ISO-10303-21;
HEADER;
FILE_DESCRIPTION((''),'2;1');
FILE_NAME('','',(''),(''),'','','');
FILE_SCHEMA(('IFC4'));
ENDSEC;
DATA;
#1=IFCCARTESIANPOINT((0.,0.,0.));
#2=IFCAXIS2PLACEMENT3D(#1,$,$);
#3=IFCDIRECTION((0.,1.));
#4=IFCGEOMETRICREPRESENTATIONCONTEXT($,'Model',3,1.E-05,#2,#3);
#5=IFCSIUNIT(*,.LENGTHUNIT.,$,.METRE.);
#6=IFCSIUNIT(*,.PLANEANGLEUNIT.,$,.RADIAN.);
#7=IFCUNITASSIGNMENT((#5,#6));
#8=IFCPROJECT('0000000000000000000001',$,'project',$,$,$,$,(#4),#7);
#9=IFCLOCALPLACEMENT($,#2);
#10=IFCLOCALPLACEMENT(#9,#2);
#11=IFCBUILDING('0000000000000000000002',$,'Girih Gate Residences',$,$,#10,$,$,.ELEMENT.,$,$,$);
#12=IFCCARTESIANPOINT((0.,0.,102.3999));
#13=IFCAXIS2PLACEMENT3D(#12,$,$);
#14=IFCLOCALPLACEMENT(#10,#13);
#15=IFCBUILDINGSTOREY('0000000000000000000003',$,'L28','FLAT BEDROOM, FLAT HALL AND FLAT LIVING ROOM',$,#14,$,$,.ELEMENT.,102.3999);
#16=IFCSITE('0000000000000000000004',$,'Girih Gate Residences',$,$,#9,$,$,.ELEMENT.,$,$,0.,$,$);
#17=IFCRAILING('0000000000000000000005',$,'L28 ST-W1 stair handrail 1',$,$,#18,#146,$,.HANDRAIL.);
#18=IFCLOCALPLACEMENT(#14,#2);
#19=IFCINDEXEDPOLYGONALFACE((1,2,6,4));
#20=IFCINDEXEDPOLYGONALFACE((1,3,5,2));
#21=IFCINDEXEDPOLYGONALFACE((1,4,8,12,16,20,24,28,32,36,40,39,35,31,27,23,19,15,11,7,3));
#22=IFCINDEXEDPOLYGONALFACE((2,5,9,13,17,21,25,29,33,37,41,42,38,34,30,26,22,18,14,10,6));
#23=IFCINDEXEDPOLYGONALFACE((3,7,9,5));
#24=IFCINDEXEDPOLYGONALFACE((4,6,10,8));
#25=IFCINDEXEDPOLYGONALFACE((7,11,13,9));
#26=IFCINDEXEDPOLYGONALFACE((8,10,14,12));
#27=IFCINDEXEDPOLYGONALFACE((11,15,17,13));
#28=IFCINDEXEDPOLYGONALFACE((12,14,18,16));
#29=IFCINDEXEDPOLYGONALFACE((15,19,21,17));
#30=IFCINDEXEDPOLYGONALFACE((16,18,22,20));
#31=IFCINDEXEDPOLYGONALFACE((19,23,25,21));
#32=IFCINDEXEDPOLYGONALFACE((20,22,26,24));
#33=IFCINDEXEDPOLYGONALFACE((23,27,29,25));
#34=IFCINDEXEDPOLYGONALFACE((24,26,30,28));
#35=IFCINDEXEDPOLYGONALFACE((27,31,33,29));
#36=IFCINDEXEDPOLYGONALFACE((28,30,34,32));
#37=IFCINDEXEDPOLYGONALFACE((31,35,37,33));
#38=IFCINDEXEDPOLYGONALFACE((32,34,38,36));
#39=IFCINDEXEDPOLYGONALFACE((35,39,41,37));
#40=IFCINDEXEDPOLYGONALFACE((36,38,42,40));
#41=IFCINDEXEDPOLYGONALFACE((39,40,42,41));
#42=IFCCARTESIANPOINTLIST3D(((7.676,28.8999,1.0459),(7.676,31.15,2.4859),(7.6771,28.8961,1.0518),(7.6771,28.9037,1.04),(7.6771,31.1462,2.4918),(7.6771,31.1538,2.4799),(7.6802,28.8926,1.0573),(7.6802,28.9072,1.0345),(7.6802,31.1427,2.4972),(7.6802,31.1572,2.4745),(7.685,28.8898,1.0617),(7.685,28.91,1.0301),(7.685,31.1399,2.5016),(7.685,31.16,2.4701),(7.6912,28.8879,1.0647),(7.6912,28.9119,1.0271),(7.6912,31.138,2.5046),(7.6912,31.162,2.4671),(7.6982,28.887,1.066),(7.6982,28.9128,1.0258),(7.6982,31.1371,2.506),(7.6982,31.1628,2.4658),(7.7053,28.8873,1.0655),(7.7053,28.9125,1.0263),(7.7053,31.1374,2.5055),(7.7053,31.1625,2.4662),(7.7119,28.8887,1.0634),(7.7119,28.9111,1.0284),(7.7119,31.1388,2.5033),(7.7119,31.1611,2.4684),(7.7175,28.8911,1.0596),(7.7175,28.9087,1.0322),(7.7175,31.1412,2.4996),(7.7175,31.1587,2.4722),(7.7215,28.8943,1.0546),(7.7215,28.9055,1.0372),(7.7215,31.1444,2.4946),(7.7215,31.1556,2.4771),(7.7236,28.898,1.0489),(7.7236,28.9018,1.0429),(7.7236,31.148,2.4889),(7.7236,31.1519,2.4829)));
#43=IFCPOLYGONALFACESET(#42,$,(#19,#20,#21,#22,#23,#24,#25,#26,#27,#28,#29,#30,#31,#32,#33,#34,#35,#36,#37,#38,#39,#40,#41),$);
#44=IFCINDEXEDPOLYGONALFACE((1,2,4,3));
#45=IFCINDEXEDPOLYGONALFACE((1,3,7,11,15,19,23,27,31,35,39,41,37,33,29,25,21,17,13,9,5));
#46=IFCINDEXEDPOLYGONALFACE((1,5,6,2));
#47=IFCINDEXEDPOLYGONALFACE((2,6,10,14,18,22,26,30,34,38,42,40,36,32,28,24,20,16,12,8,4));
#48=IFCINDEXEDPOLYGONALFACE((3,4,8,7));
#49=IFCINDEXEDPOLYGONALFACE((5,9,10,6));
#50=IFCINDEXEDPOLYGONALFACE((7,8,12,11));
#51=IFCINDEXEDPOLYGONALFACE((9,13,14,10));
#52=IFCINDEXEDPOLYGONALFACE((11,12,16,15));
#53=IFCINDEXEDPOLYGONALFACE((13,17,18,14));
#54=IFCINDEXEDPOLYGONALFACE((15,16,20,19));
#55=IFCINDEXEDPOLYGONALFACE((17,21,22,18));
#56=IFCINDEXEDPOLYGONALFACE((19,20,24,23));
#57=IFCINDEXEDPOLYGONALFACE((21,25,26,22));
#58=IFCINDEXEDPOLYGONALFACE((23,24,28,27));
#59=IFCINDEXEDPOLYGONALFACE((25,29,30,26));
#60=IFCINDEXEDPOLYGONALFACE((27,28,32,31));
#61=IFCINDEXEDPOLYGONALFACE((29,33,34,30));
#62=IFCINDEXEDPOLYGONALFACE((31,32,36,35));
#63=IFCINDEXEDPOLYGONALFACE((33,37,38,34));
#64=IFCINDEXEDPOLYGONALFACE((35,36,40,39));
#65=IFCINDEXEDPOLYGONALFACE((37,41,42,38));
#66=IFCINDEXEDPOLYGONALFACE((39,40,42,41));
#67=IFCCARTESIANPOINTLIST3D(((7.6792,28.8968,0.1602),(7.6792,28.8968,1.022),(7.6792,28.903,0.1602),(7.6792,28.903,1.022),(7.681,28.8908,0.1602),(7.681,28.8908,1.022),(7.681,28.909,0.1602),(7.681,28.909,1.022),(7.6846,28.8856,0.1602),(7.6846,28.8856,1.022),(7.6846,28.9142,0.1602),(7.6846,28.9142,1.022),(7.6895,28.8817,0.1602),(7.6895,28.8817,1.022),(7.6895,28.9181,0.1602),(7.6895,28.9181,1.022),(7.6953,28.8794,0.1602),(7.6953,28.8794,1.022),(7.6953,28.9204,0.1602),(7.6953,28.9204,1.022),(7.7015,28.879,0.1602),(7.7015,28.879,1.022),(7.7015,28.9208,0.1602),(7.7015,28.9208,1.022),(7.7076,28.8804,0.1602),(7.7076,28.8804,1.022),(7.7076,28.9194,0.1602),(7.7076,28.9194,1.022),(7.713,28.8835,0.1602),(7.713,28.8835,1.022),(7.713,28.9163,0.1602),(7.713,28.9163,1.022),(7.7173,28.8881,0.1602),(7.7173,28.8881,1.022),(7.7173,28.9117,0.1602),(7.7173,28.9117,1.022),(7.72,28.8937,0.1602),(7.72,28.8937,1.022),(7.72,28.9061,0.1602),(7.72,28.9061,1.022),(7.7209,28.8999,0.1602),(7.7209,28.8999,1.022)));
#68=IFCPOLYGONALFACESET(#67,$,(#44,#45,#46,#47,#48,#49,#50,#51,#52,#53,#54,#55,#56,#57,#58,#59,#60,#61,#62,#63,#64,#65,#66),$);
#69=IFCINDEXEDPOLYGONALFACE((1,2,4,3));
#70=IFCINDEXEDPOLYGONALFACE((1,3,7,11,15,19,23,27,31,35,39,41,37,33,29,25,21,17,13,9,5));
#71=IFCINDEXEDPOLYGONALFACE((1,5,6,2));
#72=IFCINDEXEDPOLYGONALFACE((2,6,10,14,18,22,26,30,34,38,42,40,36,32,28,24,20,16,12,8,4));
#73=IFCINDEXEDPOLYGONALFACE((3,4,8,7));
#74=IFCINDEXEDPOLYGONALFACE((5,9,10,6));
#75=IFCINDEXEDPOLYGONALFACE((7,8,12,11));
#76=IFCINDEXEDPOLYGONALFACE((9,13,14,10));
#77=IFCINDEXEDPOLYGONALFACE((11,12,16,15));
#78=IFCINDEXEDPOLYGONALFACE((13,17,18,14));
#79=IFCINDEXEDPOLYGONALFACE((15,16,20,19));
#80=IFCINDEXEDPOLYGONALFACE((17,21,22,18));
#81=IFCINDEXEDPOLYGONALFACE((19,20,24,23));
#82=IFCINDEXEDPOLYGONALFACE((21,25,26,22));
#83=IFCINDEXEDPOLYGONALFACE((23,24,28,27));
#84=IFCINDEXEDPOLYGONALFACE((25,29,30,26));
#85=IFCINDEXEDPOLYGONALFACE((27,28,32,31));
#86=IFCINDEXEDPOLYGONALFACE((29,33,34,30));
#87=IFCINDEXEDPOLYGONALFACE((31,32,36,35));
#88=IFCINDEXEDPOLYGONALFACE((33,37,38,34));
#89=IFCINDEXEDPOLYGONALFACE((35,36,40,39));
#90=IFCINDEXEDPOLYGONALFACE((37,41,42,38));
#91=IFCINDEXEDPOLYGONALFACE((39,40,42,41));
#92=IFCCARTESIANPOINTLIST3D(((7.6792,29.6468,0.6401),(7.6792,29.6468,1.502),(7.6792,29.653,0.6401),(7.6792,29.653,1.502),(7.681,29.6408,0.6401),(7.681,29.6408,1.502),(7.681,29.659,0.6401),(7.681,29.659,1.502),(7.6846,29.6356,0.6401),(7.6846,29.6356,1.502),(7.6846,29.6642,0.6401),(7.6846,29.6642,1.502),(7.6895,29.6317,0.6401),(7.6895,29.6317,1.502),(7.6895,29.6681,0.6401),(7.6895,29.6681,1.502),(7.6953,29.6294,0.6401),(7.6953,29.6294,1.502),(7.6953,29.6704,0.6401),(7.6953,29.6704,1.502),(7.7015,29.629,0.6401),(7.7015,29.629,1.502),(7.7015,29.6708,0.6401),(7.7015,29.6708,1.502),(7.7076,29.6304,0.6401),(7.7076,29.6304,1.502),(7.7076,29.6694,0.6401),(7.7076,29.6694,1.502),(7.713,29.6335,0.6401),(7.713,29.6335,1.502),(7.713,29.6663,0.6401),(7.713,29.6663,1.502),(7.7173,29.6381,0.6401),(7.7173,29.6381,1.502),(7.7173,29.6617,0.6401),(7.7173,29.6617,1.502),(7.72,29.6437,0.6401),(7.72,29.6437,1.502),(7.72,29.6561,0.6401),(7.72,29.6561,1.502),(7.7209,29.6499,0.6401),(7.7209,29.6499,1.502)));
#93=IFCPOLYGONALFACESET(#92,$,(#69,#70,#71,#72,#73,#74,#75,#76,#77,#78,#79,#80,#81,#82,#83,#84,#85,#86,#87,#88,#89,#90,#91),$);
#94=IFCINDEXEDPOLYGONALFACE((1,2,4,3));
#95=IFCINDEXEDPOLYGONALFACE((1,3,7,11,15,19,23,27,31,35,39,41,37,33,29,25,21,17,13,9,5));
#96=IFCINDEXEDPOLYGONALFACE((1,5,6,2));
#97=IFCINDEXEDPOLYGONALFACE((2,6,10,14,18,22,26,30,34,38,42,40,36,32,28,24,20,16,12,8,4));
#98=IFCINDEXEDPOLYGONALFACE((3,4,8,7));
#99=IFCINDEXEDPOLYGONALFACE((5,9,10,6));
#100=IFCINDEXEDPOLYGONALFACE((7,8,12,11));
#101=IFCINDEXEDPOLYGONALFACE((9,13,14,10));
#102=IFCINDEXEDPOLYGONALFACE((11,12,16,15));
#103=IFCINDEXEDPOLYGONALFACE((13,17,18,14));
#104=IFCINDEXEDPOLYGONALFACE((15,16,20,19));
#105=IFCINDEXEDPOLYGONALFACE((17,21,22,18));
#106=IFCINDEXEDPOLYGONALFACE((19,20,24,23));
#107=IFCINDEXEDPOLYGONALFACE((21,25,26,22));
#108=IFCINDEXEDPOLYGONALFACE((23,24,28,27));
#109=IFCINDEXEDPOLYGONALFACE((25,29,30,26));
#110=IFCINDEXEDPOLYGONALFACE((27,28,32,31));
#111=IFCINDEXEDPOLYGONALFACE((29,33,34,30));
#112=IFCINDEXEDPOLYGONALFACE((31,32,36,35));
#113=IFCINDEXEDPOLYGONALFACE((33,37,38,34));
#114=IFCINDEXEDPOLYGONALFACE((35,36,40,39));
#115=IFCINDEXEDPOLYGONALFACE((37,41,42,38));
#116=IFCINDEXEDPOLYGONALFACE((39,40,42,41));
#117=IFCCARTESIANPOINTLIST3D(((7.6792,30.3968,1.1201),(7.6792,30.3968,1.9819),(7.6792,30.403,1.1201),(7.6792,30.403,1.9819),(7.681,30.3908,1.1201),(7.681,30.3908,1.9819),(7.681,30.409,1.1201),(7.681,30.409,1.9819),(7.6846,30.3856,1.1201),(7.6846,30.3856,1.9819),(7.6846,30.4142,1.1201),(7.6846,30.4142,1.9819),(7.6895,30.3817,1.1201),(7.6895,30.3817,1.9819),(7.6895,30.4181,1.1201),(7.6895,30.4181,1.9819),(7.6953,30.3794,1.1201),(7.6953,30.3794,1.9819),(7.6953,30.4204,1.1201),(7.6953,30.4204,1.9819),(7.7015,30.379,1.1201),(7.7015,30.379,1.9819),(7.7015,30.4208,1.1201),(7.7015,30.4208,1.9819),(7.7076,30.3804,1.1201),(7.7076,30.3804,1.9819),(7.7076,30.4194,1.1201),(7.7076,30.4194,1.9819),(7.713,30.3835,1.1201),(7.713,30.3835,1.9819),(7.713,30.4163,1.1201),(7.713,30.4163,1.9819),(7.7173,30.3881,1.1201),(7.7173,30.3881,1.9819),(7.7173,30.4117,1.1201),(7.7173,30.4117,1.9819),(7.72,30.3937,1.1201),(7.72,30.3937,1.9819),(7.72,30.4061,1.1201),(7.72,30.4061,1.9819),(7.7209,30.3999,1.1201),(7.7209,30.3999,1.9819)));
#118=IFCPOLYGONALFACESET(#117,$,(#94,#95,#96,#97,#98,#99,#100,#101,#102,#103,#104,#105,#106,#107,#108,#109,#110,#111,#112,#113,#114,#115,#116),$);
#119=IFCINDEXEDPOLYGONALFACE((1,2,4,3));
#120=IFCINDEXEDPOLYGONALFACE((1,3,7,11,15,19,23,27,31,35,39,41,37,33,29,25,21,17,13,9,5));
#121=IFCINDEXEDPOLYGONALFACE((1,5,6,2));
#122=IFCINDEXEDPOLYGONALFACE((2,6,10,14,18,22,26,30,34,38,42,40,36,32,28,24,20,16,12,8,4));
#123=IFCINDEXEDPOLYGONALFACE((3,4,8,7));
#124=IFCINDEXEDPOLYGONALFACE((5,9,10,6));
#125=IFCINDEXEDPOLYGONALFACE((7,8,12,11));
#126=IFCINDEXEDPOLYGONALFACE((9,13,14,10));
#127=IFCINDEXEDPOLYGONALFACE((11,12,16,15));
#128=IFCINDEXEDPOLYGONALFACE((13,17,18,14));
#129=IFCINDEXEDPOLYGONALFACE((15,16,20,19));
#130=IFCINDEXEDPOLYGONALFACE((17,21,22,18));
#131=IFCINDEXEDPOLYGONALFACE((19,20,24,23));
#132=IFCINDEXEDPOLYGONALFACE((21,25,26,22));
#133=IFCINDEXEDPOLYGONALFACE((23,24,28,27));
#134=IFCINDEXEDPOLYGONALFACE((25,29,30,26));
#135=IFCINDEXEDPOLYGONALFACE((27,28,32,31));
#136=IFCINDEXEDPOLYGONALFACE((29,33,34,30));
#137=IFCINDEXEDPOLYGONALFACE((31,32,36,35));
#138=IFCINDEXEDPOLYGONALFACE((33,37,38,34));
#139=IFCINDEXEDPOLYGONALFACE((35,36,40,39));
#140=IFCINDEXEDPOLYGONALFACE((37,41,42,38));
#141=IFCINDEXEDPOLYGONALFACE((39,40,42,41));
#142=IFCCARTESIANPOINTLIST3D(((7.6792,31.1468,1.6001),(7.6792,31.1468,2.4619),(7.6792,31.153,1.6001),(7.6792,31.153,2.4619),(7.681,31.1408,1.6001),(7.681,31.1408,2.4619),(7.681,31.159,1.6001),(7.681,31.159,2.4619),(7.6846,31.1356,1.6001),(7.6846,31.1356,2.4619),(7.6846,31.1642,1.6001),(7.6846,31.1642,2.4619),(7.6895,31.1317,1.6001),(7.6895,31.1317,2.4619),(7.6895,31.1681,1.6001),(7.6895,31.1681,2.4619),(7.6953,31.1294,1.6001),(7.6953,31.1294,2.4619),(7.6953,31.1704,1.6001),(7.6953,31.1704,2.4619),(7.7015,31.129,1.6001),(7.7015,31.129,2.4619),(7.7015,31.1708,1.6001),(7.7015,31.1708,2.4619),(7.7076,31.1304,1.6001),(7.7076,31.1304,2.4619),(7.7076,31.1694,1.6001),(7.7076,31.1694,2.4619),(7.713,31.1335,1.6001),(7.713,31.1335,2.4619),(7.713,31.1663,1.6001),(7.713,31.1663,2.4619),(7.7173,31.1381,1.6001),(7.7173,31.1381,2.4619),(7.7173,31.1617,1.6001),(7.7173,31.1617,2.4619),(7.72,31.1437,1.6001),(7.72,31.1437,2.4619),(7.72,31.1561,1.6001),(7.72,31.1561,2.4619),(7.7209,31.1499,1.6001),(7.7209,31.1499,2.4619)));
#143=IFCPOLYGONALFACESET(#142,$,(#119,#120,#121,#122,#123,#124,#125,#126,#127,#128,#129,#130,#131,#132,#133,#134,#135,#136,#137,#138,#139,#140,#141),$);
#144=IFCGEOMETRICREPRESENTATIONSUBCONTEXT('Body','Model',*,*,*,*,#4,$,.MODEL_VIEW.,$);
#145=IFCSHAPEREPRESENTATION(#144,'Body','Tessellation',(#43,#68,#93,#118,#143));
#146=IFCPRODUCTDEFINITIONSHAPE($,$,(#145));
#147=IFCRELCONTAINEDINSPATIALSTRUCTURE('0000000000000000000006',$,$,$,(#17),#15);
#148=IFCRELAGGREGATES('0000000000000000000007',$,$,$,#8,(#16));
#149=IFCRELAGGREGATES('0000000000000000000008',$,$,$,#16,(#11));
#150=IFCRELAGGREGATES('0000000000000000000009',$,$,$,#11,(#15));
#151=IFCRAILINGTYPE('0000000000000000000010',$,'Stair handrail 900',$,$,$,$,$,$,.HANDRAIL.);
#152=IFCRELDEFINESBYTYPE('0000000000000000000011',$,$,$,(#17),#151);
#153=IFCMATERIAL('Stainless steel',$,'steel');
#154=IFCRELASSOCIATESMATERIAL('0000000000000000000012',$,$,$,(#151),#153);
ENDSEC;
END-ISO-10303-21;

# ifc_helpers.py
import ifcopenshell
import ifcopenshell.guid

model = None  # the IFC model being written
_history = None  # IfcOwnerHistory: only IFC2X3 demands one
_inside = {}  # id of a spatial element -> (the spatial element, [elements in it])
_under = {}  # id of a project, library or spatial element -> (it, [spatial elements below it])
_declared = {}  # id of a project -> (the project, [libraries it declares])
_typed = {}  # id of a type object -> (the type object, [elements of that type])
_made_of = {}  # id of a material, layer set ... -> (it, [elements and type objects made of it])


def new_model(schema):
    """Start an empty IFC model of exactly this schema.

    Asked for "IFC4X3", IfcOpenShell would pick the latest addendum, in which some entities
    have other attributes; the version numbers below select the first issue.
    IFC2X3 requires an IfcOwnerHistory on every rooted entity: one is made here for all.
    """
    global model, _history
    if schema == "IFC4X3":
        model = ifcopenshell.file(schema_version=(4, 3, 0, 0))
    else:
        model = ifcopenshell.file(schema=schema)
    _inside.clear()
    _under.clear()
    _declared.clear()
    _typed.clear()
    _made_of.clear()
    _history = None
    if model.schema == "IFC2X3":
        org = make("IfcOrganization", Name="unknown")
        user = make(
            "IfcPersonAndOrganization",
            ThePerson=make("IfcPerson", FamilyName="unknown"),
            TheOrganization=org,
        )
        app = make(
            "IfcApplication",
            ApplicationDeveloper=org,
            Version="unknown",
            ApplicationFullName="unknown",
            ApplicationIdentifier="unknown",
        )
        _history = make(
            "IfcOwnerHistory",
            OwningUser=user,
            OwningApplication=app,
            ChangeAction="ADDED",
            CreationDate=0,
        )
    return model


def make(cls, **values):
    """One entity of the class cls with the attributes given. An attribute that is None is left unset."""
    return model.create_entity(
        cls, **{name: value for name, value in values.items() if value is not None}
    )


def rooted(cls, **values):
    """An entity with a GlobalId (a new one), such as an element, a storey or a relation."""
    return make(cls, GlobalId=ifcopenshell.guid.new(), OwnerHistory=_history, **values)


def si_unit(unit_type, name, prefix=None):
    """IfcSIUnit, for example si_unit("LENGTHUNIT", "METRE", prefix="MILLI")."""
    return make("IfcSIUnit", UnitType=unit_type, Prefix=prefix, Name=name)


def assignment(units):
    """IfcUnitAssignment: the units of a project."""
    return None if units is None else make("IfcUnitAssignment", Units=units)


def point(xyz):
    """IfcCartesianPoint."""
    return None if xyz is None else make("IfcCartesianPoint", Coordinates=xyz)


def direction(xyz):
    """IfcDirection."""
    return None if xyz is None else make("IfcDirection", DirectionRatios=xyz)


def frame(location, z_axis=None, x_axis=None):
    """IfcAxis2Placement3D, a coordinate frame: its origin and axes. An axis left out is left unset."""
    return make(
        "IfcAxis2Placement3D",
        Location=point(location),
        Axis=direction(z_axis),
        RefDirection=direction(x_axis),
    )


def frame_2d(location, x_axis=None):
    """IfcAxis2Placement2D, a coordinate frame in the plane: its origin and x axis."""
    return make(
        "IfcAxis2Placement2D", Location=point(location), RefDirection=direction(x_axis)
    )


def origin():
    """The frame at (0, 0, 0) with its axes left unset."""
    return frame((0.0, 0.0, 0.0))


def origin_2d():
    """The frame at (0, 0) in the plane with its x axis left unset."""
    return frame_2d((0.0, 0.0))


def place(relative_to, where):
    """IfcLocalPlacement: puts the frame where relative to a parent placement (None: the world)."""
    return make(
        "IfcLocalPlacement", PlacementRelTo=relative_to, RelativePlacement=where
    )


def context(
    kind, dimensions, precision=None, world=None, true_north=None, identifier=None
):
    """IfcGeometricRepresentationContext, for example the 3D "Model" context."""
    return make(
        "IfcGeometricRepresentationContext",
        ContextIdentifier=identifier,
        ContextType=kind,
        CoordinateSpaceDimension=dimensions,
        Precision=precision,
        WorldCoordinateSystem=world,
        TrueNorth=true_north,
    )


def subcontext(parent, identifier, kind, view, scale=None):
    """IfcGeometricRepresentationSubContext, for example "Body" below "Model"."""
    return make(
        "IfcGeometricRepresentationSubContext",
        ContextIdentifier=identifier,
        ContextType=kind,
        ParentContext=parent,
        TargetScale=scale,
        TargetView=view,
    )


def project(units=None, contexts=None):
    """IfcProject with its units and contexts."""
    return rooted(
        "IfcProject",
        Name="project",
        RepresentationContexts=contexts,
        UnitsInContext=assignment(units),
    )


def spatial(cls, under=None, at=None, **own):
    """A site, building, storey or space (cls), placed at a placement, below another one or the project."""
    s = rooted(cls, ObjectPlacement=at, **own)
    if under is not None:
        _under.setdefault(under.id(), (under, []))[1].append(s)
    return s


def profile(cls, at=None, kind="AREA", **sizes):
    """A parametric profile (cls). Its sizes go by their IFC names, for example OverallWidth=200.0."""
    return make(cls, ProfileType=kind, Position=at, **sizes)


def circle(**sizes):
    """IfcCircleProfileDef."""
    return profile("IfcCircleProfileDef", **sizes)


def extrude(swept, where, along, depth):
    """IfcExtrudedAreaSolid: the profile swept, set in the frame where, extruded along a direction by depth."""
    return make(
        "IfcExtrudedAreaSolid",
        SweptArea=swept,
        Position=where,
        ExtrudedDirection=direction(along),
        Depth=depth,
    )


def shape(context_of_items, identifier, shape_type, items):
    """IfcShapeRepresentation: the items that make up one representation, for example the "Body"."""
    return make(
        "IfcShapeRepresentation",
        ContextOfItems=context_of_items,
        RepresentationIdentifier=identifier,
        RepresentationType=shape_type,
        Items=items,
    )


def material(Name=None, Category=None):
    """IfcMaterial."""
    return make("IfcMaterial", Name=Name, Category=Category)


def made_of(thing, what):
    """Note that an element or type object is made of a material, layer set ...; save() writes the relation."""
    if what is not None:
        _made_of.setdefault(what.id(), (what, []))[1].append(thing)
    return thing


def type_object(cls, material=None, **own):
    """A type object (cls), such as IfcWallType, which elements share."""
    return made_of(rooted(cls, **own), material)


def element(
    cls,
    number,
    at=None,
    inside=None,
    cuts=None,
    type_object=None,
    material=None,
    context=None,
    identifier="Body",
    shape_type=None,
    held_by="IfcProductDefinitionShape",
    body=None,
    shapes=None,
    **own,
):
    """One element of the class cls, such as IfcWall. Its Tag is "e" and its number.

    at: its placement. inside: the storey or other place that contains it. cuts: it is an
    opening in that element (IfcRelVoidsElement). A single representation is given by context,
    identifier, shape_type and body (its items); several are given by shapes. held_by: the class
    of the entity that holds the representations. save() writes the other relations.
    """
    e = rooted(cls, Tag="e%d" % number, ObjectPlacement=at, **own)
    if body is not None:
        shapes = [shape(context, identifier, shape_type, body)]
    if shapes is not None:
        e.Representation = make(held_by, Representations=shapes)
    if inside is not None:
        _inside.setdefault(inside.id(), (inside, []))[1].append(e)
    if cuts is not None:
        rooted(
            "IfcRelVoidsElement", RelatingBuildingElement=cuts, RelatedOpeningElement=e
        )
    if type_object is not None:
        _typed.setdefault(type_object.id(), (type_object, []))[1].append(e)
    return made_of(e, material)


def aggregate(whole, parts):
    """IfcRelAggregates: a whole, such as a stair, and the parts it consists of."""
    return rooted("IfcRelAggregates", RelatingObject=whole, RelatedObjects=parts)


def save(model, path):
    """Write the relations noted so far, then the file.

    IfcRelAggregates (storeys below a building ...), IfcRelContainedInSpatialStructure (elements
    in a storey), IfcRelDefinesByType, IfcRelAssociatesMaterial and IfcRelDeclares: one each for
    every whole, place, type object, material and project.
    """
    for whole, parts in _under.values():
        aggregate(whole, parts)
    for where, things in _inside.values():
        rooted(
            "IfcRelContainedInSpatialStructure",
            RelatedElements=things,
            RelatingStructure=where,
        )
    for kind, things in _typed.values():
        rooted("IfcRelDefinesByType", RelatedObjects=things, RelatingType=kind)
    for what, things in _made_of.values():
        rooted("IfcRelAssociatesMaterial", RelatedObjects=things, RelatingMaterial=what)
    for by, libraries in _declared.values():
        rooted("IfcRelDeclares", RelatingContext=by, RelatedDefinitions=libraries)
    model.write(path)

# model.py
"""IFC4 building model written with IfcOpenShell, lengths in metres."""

from ifc_helpers import new_model, si_unit, direction, frame, origin, origin_2d, place, context, subcontext, project, spatial, circle, extrude, material, type_object, element, save


model = new_model("IFC4")

# Units and contexts
model_context = context("Model", 3, precision=1e-05, world=origin(), true_north=direction((0.0, 1.0)))
body_context = subcontext(model_context, "Body", "Model", "MODEL_VIEW")
ifc_project = project(units=[si_unit("LENGTHUNIT", "METRE"), si_unit("PLANEANGLEUNIT", "RADIAN")], contexts=[model_context])

# Site, building, storey
site_placement = place(None, origin())
site = spatial("IfcSite", under=ifc_project, at=site_placement, Name="Girih Gate Residences", CompositionType="ELEMENT", RefElevation=0.0)
building_placement = place(site_placement, origin())
building = spatial("IfcBuilding", under=site, at=building_placement, Name="Girih Gate Residences", CompositionType="ELEMENT")
storey_placement = place(building_placement, frame((0.0, 0.0, 102.3999)))
storey = spatial("IfcBuildingStorey", under=building, at=storey_placement, Name="L28", Description="FLAT BEDROOM, FLAT HALL AND FLAT LIVING ROOM", CompositionType="ELEMENT", Elevation=102.3999)

# Railing
ifc_material_1 = material(Name="Stainless steel", Category="steel")
railing_type_1 = type_object("IfcRailingType", Name="Stair handrail 900", PredefinedType="HANDRAIL", material=ifc_material_1)
railing_1_placement = place(storey_placement, frame((7.7, 28.8999, 0.1602)))
element("IfcRailing", 1, at=railing_1_placement, inside=storey, type_object=railing_type_1, Name="L28 ST-W1 stair handrail 1", PredefinedType="HANDRAIL", context=body_context, shape_type="SweptSolid", body=[
    extrude(circle(Radius=0.0239, at=origin_2d()), frame((0.0, 0.0, 0.8857), z_axis=(0.0, 0.842281, 0.539038), x_axis=(-1.0, 0.0, 0.0)), (0.0, 0.0, 1.0), 2.6714),
    extrude(circle(Radius=0.021, at=origin_2d()), origin(), (0.0, 0.0, 1.0), 0.8618),
    extrude(circle(Radius=0.021, at=origin_2d()), frame((0.0, 0.75, 0.48)), (0.0, 0.0, 1.0), 0.8618),
    extrude(circle(Radius=0.021, at=origin_2d()), frame((0.0, 1.5, 0.96)), (0.0, 0.0, 1.0), 0.8618),
    extrude(circle(Radius=0.021, at=origin_2d()), frame((0.0, 2.25, 1.4399)), (0.0, 0.0, 1.0), 0.8618),
])

save(model, "model.ifc")
